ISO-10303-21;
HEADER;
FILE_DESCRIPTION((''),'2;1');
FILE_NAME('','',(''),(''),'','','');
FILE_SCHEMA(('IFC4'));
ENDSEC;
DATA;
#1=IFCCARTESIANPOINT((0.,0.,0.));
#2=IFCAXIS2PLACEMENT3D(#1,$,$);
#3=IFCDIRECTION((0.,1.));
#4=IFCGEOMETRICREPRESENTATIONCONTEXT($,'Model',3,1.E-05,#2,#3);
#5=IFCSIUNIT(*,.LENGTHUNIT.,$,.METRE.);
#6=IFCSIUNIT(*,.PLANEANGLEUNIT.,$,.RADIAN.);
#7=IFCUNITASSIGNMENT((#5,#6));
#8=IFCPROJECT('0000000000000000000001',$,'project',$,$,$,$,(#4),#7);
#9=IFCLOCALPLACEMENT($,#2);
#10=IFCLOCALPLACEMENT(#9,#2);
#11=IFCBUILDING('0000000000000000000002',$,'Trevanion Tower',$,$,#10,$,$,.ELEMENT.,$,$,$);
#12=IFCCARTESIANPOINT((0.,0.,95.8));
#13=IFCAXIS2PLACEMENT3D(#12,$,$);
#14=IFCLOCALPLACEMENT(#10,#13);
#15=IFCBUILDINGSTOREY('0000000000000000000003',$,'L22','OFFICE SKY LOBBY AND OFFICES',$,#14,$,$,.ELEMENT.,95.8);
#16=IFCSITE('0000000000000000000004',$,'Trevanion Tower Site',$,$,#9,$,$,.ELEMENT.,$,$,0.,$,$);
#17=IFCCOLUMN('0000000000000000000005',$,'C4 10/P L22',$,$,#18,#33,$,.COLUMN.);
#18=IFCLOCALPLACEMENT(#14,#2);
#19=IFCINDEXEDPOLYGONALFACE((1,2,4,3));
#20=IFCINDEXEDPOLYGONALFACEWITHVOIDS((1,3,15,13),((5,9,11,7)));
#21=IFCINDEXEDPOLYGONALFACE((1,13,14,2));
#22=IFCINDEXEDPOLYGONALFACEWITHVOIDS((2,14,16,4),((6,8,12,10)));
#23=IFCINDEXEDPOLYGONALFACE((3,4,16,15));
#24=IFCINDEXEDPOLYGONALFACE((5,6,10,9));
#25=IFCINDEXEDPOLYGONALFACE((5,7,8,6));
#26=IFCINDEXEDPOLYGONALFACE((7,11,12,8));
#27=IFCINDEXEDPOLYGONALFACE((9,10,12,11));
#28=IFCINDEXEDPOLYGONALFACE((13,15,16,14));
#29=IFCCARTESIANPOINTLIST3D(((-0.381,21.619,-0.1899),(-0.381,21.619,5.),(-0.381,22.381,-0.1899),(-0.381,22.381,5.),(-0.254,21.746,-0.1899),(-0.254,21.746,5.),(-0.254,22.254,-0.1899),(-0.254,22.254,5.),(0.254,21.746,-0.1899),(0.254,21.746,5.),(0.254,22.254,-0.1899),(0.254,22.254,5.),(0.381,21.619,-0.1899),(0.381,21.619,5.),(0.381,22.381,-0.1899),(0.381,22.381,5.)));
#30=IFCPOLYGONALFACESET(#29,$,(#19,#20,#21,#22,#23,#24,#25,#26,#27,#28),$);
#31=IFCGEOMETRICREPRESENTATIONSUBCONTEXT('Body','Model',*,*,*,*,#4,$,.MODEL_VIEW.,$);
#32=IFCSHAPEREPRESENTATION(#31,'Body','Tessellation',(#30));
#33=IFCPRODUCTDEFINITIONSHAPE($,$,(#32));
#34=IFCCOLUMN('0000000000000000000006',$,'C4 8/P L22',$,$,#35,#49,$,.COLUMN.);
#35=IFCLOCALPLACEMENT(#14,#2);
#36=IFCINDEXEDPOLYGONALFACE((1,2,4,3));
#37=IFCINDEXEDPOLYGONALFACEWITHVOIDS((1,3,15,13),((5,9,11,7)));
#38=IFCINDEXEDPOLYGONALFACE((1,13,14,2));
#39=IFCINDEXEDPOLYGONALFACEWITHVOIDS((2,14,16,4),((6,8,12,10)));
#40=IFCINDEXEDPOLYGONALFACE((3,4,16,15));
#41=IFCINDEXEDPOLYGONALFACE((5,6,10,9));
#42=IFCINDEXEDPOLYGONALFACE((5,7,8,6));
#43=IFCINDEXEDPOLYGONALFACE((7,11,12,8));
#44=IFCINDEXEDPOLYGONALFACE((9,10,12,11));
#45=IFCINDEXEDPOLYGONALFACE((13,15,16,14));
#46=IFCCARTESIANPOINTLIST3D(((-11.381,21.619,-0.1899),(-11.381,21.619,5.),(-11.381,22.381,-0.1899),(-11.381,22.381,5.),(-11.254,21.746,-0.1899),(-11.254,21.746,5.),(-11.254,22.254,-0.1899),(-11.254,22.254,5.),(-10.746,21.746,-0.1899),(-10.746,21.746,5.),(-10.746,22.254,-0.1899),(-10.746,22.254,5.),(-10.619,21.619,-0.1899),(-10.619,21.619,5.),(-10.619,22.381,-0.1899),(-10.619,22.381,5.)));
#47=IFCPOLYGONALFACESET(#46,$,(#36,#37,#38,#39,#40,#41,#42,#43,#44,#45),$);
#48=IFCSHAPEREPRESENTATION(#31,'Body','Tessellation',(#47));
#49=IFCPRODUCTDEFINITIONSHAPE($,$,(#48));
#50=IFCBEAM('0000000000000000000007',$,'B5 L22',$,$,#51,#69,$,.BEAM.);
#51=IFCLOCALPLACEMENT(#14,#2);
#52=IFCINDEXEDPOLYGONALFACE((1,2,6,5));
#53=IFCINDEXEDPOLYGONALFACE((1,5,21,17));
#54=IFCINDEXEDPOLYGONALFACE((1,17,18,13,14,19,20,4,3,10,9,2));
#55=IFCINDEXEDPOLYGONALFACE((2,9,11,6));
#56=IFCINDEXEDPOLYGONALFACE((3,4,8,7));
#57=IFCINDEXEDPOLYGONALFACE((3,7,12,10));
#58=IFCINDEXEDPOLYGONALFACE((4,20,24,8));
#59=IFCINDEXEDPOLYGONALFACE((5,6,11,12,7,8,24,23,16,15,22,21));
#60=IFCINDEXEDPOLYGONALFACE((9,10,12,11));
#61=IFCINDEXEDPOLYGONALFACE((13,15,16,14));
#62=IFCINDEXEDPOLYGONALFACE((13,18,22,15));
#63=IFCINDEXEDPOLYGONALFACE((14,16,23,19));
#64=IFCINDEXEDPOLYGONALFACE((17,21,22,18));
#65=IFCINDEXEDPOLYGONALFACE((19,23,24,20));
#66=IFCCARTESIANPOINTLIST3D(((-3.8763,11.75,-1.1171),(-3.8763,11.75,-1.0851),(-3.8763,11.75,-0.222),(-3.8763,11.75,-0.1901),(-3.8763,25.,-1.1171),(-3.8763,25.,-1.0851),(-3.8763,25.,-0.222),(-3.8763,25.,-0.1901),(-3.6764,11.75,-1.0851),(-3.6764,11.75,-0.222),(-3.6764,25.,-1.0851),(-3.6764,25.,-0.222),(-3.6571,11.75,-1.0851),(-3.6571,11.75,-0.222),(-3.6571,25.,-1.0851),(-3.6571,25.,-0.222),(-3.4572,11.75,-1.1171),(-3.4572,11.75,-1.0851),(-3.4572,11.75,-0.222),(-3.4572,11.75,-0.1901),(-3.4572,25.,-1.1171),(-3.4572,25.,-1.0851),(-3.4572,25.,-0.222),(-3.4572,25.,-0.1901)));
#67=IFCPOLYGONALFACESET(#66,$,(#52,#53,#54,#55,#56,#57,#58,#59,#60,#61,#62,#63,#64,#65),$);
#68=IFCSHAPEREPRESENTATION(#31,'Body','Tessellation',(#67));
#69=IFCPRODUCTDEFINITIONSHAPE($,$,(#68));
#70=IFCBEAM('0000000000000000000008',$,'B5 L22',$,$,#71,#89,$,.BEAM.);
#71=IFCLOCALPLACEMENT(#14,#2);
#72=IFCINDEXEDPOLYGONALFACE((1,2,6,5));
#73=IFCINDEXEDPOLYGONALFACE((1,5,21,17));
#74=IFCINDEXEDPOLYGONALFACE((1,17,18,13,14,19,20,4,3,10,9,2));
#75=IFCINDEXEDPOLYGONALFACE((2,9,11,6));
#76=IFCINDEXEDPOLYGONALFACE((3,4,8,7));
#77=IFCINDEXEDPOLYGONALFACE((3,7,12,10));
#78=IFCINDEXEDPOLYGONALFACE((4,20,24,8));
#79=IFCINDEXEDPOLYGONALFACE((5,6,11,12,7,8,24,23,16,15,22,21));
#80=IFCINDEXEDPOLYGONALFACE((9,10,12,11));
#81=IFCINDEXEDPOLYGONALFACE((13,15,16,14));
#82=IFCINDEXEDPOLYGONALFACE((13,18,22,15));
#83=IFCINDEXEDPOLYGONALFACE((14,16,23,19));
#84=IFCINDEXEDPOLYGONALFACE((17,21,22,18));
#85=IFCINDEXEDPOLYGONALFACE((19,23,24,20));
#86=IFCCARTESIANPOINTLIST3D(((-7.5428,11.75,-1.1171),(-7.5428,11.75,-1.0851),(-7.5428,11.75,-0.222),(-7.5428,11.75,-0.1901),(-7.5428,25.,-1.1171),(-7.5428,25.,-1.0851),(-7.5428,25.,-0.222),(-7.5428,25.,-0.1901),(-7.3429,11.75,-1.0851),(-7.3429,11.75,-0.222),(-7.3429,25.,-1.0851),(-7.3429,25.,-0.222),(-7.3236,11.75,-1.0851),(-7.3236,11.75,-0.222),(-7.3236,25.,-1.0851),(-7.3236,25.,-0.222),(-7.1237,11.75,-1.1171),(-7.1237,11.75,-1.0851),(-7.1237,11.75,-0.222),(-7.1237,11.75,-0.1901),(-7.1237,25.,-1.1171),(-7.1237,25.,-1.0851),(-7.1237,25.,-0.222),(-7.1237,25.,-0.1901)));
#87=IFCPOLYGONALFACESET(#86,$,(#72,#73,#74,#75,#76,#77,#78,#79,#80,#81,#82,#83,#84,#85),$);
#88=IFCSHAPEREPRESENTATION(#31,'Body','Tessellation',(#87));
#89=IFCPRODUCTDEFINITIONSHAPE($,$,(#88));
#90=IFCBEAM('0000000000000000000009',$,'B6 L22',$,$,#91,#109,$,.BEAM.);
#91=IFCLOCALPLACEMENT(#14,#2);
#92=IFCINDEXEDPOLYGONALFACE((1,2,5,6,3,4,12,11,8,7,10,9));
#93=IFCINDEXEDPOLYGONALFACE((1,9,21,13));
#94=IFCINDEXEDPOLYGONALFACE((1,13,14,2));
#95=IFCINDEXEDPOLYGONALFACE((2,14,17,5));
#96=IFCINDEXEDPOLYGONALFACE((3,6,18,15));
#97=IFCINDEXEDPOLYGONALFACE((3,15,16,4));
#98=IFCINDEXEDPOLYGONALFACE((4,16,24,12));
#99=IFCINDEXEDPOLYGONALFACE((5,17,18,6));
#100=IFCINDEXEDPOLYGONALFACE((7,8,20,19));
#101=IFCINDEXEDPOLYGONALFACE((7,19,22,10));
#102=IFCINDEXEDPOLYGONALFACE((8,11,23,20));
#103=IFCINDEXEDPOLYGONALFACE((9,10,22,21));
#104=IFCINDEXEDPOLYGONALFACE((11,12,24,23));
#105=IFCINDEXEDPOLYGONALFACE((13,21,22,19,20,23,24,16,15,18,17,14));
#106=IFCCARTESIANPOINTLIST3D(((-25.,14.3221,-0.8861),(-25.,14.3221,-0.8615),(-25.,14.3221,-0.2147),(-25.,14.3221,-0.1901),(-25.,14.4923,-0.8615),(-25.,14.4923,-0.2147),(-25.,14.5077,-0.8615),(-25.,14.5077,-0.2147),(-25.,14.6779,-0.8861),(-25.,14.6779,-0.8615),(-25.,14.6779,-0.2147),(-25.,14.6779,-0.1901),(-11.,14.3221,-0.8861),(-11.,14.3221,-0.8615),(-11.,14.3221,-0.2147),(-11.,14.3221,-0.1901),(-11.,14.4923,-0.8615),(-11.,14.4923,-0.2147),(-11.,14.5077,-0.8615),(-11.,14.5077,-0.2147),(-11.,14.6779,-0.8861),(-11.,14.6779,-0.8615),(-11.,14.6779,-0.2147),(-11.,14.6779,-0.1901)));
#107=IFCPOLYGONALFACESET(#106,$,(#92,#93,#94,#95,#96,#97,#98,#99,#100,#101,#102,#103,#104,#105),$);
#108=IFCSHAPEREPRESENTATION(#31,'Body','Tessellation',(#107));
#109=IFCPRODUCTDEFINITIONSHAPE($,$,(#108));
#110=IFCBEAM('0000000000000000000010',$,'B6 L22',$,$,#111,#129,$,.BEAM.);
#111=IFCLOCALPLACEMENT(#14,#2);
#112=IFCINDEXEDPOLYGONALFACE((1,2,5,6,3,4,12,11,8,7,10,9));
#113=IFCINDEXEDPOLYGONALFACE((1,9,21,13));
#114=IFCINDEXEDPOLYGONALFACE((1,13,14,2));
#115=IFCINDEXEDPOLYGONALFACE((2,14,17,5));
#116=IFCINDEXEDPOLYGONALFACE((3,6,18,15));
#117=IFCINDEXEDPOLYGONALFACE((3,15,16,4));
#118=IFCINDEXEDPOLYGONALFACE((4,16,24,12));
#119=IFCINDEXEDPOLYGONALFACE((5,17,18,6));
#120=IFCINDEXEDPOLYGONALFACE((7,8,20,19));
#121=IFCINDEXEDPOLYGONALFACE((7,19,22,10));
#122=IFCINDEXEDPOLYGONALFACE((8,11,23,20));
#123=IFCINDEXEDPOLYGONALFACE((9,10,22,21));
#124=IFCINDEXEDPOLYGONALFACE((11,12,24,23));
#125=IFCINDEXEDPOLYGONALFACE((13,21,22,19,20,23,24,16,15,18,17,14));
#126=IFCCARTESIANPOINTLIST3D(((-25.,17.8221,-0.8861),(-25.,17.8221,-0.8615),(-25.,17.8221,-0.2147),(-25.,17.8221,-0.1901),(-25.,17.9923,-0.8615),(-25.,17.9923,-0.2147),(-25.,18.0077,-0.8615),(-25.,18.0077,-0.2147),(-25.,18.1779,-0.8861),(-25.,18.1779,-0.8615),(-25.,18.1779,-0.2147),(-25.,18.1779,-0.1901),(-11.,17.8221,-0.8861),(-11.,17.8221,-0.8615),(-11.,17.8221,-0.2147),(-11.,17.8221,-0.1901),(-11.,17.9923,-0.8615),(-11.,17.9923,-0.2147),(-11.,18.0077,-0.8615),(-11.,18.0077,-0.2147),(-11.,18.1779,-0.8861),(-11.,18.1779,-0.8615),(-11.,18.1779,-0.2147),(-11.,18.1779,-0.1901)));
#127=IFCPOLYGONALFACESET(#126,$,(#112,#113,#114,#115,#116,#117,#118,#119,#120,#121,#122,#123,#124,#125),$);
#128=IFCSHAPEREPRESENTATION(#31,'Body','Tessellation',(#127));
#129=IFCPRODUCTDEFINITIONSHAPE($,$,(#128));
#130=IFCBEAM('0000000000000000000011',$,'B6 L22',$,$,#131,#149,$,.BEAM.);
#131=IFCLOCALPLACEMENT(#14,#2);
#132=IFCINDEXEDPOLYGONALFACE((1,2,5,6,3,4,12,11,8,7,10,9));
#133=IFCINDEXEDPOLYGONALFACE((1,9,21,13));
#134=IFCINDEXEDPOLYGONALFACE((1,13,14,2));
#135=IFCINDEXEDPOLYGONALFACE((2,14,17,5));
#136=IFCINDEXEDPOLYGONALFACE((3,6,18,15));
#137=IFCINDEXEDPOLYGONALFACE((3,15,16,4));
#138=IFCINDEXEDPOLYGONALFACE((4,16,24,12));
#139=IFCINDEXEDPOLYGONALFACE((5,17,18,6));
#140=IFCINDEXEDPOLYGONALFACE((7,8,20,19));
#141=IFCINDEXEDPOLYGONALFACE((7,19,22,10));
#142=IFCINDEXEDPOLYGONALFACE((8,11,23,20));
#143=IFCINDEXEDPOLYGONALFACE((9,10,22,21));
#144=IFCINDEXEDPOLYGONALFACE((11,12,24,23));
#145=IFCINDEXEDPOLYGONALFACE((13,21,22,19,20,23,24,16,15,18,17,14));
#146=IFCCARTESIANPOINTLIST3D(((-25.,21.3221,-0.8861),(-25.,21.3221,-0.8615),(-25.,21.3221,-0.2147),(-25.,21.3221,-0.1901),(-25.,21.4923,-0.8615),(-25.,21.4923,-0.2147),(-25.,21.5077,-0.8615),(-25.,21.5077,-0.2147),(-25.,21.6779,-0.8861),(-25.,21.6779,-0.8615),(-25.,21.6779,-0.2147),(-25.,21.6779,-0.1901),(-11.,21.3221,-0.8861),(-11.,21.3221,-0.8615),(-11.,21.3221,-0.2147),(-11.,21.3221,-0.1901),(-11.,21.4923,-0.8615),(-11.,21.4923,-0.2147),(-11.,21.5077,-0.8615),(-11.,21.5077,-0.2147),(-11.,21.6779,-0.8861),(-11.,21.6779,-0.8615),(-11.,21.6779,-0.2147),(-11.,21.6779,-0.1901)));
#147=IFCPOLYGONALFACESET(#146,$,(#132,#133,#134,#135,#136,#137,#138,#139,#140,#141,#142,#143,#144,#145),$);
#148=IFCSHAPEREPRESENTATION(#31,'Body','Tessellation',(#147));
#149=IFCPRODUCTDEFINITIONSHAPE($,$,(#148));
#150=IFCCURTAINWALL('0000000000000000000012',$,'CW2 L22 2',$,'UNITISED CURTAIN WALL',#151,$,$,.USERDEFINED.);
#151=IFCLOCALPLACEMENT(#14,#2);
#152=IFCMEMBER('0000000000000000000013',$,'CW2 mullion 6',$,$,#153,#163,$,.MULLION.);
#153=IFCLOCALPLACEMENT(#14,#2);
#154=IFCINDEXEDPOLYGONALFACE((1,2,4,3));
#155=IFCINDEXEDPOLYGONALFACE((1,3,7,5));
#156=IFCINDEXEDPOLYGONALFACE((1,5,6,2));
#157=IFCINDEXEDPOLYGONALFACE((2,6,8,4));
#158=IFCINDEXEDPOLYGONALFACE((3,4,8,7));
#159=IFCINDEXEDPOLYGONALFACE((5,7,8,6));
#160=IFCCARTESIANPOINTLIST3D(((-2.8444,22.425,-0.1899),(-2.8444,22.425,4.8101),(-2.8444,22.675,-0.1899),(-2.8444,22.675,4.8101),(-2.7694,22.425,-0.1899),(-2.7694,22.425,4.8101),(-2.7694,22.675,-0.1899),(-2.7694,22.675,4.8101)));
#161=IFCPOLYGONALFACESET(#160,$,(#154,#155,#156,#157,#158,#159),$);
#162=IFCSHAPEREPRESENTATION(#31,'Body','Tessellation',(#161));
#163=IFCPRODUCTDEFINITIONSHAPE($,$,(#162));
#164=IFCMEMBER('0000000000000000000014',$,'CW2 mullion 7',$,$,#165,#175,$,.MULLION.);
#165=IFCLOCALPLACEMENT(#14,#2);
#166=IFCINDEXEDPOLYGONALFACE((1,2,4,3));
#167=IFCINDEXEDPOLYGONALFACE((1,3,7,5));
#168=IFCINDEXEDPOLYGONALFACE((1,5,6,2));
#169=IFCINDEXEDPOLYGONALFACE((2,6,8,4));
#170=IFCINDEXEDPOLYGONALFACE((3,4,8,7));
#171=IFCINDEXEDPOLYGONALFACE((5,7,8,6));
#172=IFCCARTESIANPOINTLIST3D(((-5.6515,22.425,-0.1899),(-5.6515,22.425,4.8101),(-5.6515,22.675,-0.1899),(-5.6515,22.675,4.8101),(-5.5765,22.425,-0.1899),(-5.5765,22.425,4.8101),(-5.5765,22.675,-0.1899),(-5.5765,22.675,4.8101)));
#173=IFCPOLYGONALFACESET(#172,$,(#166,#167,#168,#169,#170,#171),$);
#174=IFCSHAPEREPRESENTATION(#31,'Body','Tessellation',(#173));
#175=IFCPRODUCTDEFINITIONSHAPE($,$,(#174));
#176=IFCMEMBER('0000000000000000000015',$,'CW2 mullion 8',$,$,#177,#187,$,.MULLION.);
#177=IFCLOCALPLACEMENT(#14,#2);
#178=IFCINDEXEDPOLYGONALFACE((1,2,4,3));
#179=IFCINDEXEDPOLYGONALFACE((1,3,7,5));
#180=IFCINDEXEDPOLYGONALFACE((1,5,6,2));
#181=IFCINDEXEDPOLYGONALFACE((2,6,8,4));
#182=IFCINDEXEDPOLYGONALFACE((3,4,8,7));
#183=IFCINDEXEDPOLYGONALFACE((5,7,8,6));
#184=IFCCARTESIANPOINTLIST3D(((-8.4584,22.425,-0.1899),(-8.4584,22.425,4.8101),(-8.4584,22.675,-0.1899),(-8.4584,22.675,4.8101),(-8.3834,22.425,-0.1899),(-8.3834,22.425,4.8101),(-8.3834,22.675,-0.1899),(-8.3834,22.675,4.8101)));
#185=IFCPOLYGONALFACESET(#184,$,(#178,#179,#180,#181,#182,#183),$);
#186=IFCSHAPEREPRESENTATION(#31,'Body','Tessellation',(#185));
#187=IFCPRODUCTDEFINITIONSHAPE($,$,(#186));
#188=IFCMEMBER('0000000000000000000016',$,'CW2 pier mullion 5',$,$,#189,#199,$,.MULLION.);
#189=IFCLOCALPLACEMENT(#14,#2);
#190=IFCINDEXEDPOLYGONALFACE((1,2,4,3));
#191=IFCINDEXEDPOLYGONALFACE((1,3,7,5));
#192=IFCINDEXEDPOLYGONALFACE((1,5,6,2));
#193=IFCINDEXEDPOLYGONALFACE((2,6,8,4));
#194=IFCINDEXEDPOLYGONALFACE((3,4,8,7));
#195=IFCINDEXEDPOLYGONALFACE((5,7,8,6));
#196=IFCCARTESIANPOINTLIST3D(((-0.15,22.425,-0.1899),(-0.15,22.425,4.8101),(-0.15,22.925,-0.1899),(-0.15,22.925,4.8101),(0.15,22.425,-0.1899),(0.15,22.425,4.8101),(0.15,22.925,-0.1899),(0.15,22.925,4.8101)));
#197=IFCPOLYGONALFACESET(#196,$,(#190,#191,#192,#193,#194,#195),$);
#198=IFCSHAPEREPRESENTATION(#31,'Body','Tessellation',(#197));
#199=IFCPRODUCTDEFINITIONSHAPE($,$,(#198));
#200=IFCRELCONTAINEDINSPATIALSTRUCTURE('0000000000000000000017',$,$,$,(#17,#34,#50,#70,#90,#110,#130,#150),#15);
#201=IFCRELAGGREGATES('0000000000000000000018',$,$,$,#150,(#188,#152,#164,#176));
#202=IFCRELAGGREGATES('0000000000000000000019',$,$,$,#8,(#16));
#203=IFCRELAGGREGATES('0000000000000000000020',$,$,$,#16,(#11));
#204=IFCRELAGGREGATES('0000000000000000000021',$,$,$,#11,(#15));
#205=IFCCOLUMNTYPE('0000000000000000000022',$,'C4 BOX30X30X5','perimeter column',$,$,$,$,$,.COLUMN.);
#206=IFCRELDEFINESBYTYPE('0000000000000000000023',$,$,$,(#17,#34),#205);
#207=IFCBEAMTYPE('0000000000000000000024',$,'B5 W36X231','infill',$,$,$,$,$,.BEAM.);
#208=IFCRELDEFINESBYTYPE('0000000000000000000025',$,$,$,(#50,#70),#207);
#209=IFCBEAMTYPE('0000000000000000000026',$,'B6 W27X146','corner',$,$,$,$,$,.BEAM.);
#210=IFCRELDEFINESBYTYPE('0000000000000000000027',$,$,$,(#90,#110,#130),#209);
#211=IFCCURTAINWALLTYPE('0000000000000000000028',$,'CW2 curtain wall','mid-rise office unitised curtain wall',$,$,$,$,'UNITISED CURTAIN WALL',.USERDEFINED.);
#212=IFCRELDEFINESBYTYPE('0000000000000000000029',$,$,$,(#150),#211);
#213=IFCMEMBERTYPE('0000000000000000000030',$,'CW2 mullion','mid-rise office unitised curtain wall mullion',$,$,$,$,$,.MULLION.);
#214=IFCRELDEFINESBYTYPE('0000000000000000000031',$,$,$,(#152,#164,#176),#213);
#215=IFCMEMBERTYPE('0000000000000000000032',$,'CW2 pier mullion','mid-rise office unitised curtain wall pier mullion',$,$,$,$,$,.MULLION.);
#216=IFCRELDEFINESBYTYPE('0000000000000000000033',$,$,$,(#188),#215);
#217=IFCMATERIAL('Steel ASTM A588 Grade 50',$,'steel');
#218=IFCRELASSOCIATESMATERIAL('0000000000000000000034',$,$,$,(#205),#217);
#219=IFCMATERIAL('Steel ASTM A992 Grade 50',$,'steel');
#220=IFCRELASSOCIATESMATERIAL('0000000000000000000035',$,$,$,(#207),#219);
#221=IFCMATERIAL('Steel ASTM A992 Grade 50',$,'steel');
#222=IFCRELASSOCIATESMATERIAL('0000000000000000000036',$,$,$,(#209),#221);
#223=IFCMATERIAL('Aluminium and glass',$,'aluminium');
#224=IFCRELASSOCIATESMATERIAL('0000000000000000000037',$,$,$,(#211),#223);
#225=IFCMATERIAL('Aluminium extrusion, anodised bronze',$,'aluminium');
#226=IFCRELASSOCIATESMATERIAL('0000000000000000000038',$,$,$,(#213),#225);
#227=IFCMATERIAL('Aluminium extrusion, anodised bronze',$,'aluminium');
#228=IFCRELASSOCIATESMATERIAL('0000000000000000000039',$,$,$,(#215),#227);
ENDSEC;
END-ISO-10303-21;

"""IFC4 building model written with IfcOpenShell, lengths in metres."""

from ifc_helpers import new_model, si_unit, direction, frame, origin, origin_2d, place, context, subcontext, project, spatial, rectangle, hollow_rectangle, i_section, extrude, material, material_profile, profile_set, type_object, element, aggregate, save


model = new_model("IFC4")

# Units and contexts
model_context = context("Model", 3, precision=1e-05, world=origin(), true_north=direction((0.0, 1.0)))
body_context = subcontext(model_context, "Body", "Model", "MODEL_VIEW")
ifc_project = project(units=[si_unit("LENGTHUNIT", "METRE"), si_unit("PLANEANGLEUNIT", "RADIAN")], contexts=[model_context])

# Site, building, storey
site_placement = place(None, origin())
site = spatial("IfcSite", under=ifc_project, at=site_placement, Name="Trevanion Tower Site", CompositionType="ELEMENT", RefElevation=0.0)
building_placement = place(site_placement, origin())
building = spatial("IfcBuilding", under=site, at=building_placement, Name="Trevanion Tower", CompositionType="ELEMENT")
storey_placement = place(building_placement, frame((0.0, 0.0, 95.8)))
storey = spatial("IfcBuildingStorey", under=building, at=storey_placement, Name="L22", Description="OFFICE SKY LOBBY AND OFFICES", CompositionType="ELEMENT", Elevation=95.8)

# Columns
ifc_material_1 = material(Name="Steel ASTM A588 Grade 50", Category="steel")
ifc_material_profile_1 = material_profile(ifc_material_1, hollow_rectangle(XDim=0.762, YDim=0.762, WallThickness=0.127, at=origin_2d()), Name="BOX30X30X5")
ifc_profile_set_1 = profile_set([ifc_material_profile_1], Name="Steel ASTM A588 Grade 50")
column_type = type_object("IfcColumnType", Name="C4 BOX30X30X5", Description="perimeter column", PredefinedType="COLUMN", material=ifc_profile_set_1)
for number, where, z_axis, x_axis, name in (
    (1, (0.0, 22.0, -0.1899), (0.0, 0.0, 1.0), (1.0, 0.0, 0.0), "C4 10/P L22"),
    (2, (-11.0, 22.0, -0.1899), (0.0, 0.0, 1.0), (1.0, 0.0, 0.0), "C4 8/P L22"),
):
    element("IfcColumn", number, at=place(storey_placement, frame(where, z_axis=z_axis, x_axis=x_axis)), inside=storey, type_object=column_type, Name=name, PredefinedType="COLUMN", context=body_context, shape_type="SweptSolid", body=[
        extrude(hollow_rectangle(XDim=0.762, YDim=0.762, WallThickness=0.127, at=origin_2d()), origin(), (0.0, 0.0, 1.0), 5.1899),
    ])

# Beams
ifc_material_2 = material(Name="Steel ASTM A992 Grade 50", Category="steel")
ifc_material_profile_2 = material_profile(ifc_material_2, i_section(OverallWidth=0.4192, OverallDepth=0.927, WebThickness=0.0193, FlangeThickness=0.032, at=origin_2d()), Name="W36X231")
ifc_profile_set_2 = profile_set([ifc_material_profile_2], Name="Steel ASTM A992 Grade 50")
beam_type_1 = type_object("IfcBeamType", Name="B5 W36X231", Description="infill", PredefinedType="BEAM", material=ifc_profile_set_2)
for number, where, z_axis, x_axis, name in (
    (3, (-3.6667, 11.75, -0.6536), (0.0, 1.0, 0.0), (-1.0, 0.0, 0.0), "B5 L22"),
    (4, (-7.3333, 11.75, -0.6536), (0.0, 1.0, 0.0), (-1.0, 0.0, 0.0), "B5 L22"),
):
    element("IfcBeam", number, at=place(storey_placement, frame(where, z_axis=z_axis, x_axis=x_axis)), inside=storey, type_object=beam_type_1, Name=name, PredefinedType="BEAM", context=body_context, shape_type="SweptSolid", body=[
        extrude(i_section(OverallWidth=0.4192, OverallDepth=0.927, WebThickness=0.0193, FlangeThickness=0.032, at=origin_2d()), origin(), (0.0, 0.0, 1.0), 13.25),
    ])
ifc_material_3 = material(Name="Steel ASTM A992 Grade 50", Category="steel")
ifc_material_profile_3 = material_profile(ifc_material_3, i_section(OverallWidth=0.3557, OverallDepth=0.696, WebThickness=0.0154, FlangeThickness=0.0247, at=origin_2d()), Name="W27X146")
ifc_profile_set_3 = profile_set([ifc_material_profile_3], Name="Steel ASTM A992 Grade 50")
beam_type_2 = type_object("IfcBeamType", Name="B6 W27X146", Description="corner", PredefinedType="BEAM", material=ifc_profile_set_3)
for number, where, z_axis, x_axis, name in (
    (5, (-11.0, 14.5, -0.5381), (-1.0, 0.0, 0.0), (0.0, -1.0, 0.0), "B6 L22"),
    (6, (-11.0, 18.0, -0.5381), (-1.0, 0.0, 0.0), (0.0, -1.0, 0.0), "B6 L22"),
    (7, (-11.0, 21.5, -0.5381), (-1.0, 0.0, 0.0), (0.0, -1.0, 0.0), "B6 L22"),
):
    element("IfcBeam", number, at=place(storey_placement, frame(where, z_axis=z_axis, x_axis=x_axis)), inside=storey, type_object=beam_type_2, Name=name, PredefinedType="BEAM", context=body_context, shape_type="SweptSolid", body=[
        extrude(i_section(OverallWidth=0.3557, OverallDepth=0.696, WebThickness=0.0154, FlangeThickness=0.0247, at=origin_2d()), origin(), (0.0, 0.0, 1.0), 14.0),
    ])

# Curtain wall, members
ifc_material_4 = material(Name="Aluminium and glass", Category="aluminium")
curtain_wall_type = type_object("IfcCurtainWallType", Name="CW2 curtain wall", Description="mid-rise office unitised curtain wall", ElementType="UNITISED CURTAIN WALL", PredefinedType="USERDEFINED", material=ifc_material_4)
curtain_wall_placement = place(storey_placement, origin())
curtain_wall = element("IfcCurtainWall", 8, at=curtain_wall_placement, inside=storey, type_object=curtain_wall_type, Name="CW2 L22 2", ObjectType="UNITISED CURTAIN WALL", PredefinedType="USERDEFINED")
ifc_material_5 = material(Name="Aluminium extrusion, anodised bronze", Category="aluminium")
ifc_material_profile_4 = material_profile(ifc_material_5, rectangle(XDim=0.075, YDim=0.25, at=origin_2d()), Name="CW2 mullion")
ifc_profile_set_4 = profile_set([ifc_material_profile_4], Name="Aluminium extrusion, anodised bronze")
member_type_1 = type_object("IfcMemberType", Name="CW2 mullion", Description="mid-rise office unitised curtain wall mullion", PredefinedType="MULLION", material=ifc_profile_set_4)
member_1_placement = place(storey_placement, frame((-2.8069, 22.55, -0.1899), z_axis=(0.0, 0.0, 1.0), x_axis=(-1.0, 0.0, 0.0)))
member_1 = element("IfcMember", 9, at=member_1_placement, type_object=member_type_1, Name="CW2 mullion 6", PredefinedType="MULLION", context=body_context, shape_type="SweptSolid", body=[
    extrude(rectangle(XDim=0.075, YDim=0.25, at=origin_2d()), origin(), (0.0, 0.0, 1.0), 5.0),
])
member_2_placement = place(storey_placement, frame((-5.614, 22.55, -0.1899), z_axis=(0.0, 0.0, 1.0), x_axis=(-1.0, 0.0, 0.0)))
member_2 = element("IfcMember", 10, at=member_2_placement, type_object=member_type_1, Name="CW2 mullion 7", PredefinedType="MULLION", context=body_context, shape_type="SweptSolid", body=[
    extrude(rectangle(XDim=0.075, YDim=0.25, at=origin_2d()), origin(), (0.0, 0.0, 1.0), 5.0),
])
member_3_placement = place(storey_placement, frame((-8.4209, 22.55, -0.1899), z_axis=(0.0, 0.0, 1.0), x_axis=(-1.0, 0.0, 0.0)))
member_3 = element("IfcMember", 11, at=member_3_placement, type_object=member_type_1, Name="CW2 mullion 8", PredefinedType="MULLION", context=body_context, shape_type="SweptSolid", body=[
    extrude(rectangle(XDim=0.075, YDim=0.25, at=origin_2d()), origin(), (0.0, 0.0, 1.0), 5.0),
])
ifc_material_6 = material(Name="Aluminium extrusion, anodised bronze", Category="aluminium")
ifc_material_profile_5 = material_profile(ifc_material_6, rectangle(XDim=0.3, YDim=0.5, at=origin_2d()), Name="CW2 pier mullion")
ifc_profile_set_5 = profile_set([ifc_material_profile_5], Name="Aluminium extrusion, anodised bronze")
member_type_2 = type_object("IfcMemberType", Name="CW2 pier mullion", Description="mid-rise office unitised curtain wall pier mullion", PredefinedType="MULLION", material=ifc_profile_set_5)
member_4_placement = place(storey_placement, frame((0.0, 22.675, -0.1899), z_axis=(0.0, 0.0, 1.0), x_axis=(-1.0, 0.0, 0.0)))
member_4 = element("IfcMember", 12, at=member_4_placement, type_object=member_type_2, Name="CW2 pier mullion 5", PredefinedType="MULLION", context=body_context, shape_type="SweptSolid", body=[
    extrude(rectangle(XDim=0.3, YDim=0.5, at=origin_2d()), origin(), (0.0, 0.0, 1.0), 5.0),
])
aggregate(curtain_wall, [member_4, member_1, member_2, member_3])

save(model, "model.ifc")
